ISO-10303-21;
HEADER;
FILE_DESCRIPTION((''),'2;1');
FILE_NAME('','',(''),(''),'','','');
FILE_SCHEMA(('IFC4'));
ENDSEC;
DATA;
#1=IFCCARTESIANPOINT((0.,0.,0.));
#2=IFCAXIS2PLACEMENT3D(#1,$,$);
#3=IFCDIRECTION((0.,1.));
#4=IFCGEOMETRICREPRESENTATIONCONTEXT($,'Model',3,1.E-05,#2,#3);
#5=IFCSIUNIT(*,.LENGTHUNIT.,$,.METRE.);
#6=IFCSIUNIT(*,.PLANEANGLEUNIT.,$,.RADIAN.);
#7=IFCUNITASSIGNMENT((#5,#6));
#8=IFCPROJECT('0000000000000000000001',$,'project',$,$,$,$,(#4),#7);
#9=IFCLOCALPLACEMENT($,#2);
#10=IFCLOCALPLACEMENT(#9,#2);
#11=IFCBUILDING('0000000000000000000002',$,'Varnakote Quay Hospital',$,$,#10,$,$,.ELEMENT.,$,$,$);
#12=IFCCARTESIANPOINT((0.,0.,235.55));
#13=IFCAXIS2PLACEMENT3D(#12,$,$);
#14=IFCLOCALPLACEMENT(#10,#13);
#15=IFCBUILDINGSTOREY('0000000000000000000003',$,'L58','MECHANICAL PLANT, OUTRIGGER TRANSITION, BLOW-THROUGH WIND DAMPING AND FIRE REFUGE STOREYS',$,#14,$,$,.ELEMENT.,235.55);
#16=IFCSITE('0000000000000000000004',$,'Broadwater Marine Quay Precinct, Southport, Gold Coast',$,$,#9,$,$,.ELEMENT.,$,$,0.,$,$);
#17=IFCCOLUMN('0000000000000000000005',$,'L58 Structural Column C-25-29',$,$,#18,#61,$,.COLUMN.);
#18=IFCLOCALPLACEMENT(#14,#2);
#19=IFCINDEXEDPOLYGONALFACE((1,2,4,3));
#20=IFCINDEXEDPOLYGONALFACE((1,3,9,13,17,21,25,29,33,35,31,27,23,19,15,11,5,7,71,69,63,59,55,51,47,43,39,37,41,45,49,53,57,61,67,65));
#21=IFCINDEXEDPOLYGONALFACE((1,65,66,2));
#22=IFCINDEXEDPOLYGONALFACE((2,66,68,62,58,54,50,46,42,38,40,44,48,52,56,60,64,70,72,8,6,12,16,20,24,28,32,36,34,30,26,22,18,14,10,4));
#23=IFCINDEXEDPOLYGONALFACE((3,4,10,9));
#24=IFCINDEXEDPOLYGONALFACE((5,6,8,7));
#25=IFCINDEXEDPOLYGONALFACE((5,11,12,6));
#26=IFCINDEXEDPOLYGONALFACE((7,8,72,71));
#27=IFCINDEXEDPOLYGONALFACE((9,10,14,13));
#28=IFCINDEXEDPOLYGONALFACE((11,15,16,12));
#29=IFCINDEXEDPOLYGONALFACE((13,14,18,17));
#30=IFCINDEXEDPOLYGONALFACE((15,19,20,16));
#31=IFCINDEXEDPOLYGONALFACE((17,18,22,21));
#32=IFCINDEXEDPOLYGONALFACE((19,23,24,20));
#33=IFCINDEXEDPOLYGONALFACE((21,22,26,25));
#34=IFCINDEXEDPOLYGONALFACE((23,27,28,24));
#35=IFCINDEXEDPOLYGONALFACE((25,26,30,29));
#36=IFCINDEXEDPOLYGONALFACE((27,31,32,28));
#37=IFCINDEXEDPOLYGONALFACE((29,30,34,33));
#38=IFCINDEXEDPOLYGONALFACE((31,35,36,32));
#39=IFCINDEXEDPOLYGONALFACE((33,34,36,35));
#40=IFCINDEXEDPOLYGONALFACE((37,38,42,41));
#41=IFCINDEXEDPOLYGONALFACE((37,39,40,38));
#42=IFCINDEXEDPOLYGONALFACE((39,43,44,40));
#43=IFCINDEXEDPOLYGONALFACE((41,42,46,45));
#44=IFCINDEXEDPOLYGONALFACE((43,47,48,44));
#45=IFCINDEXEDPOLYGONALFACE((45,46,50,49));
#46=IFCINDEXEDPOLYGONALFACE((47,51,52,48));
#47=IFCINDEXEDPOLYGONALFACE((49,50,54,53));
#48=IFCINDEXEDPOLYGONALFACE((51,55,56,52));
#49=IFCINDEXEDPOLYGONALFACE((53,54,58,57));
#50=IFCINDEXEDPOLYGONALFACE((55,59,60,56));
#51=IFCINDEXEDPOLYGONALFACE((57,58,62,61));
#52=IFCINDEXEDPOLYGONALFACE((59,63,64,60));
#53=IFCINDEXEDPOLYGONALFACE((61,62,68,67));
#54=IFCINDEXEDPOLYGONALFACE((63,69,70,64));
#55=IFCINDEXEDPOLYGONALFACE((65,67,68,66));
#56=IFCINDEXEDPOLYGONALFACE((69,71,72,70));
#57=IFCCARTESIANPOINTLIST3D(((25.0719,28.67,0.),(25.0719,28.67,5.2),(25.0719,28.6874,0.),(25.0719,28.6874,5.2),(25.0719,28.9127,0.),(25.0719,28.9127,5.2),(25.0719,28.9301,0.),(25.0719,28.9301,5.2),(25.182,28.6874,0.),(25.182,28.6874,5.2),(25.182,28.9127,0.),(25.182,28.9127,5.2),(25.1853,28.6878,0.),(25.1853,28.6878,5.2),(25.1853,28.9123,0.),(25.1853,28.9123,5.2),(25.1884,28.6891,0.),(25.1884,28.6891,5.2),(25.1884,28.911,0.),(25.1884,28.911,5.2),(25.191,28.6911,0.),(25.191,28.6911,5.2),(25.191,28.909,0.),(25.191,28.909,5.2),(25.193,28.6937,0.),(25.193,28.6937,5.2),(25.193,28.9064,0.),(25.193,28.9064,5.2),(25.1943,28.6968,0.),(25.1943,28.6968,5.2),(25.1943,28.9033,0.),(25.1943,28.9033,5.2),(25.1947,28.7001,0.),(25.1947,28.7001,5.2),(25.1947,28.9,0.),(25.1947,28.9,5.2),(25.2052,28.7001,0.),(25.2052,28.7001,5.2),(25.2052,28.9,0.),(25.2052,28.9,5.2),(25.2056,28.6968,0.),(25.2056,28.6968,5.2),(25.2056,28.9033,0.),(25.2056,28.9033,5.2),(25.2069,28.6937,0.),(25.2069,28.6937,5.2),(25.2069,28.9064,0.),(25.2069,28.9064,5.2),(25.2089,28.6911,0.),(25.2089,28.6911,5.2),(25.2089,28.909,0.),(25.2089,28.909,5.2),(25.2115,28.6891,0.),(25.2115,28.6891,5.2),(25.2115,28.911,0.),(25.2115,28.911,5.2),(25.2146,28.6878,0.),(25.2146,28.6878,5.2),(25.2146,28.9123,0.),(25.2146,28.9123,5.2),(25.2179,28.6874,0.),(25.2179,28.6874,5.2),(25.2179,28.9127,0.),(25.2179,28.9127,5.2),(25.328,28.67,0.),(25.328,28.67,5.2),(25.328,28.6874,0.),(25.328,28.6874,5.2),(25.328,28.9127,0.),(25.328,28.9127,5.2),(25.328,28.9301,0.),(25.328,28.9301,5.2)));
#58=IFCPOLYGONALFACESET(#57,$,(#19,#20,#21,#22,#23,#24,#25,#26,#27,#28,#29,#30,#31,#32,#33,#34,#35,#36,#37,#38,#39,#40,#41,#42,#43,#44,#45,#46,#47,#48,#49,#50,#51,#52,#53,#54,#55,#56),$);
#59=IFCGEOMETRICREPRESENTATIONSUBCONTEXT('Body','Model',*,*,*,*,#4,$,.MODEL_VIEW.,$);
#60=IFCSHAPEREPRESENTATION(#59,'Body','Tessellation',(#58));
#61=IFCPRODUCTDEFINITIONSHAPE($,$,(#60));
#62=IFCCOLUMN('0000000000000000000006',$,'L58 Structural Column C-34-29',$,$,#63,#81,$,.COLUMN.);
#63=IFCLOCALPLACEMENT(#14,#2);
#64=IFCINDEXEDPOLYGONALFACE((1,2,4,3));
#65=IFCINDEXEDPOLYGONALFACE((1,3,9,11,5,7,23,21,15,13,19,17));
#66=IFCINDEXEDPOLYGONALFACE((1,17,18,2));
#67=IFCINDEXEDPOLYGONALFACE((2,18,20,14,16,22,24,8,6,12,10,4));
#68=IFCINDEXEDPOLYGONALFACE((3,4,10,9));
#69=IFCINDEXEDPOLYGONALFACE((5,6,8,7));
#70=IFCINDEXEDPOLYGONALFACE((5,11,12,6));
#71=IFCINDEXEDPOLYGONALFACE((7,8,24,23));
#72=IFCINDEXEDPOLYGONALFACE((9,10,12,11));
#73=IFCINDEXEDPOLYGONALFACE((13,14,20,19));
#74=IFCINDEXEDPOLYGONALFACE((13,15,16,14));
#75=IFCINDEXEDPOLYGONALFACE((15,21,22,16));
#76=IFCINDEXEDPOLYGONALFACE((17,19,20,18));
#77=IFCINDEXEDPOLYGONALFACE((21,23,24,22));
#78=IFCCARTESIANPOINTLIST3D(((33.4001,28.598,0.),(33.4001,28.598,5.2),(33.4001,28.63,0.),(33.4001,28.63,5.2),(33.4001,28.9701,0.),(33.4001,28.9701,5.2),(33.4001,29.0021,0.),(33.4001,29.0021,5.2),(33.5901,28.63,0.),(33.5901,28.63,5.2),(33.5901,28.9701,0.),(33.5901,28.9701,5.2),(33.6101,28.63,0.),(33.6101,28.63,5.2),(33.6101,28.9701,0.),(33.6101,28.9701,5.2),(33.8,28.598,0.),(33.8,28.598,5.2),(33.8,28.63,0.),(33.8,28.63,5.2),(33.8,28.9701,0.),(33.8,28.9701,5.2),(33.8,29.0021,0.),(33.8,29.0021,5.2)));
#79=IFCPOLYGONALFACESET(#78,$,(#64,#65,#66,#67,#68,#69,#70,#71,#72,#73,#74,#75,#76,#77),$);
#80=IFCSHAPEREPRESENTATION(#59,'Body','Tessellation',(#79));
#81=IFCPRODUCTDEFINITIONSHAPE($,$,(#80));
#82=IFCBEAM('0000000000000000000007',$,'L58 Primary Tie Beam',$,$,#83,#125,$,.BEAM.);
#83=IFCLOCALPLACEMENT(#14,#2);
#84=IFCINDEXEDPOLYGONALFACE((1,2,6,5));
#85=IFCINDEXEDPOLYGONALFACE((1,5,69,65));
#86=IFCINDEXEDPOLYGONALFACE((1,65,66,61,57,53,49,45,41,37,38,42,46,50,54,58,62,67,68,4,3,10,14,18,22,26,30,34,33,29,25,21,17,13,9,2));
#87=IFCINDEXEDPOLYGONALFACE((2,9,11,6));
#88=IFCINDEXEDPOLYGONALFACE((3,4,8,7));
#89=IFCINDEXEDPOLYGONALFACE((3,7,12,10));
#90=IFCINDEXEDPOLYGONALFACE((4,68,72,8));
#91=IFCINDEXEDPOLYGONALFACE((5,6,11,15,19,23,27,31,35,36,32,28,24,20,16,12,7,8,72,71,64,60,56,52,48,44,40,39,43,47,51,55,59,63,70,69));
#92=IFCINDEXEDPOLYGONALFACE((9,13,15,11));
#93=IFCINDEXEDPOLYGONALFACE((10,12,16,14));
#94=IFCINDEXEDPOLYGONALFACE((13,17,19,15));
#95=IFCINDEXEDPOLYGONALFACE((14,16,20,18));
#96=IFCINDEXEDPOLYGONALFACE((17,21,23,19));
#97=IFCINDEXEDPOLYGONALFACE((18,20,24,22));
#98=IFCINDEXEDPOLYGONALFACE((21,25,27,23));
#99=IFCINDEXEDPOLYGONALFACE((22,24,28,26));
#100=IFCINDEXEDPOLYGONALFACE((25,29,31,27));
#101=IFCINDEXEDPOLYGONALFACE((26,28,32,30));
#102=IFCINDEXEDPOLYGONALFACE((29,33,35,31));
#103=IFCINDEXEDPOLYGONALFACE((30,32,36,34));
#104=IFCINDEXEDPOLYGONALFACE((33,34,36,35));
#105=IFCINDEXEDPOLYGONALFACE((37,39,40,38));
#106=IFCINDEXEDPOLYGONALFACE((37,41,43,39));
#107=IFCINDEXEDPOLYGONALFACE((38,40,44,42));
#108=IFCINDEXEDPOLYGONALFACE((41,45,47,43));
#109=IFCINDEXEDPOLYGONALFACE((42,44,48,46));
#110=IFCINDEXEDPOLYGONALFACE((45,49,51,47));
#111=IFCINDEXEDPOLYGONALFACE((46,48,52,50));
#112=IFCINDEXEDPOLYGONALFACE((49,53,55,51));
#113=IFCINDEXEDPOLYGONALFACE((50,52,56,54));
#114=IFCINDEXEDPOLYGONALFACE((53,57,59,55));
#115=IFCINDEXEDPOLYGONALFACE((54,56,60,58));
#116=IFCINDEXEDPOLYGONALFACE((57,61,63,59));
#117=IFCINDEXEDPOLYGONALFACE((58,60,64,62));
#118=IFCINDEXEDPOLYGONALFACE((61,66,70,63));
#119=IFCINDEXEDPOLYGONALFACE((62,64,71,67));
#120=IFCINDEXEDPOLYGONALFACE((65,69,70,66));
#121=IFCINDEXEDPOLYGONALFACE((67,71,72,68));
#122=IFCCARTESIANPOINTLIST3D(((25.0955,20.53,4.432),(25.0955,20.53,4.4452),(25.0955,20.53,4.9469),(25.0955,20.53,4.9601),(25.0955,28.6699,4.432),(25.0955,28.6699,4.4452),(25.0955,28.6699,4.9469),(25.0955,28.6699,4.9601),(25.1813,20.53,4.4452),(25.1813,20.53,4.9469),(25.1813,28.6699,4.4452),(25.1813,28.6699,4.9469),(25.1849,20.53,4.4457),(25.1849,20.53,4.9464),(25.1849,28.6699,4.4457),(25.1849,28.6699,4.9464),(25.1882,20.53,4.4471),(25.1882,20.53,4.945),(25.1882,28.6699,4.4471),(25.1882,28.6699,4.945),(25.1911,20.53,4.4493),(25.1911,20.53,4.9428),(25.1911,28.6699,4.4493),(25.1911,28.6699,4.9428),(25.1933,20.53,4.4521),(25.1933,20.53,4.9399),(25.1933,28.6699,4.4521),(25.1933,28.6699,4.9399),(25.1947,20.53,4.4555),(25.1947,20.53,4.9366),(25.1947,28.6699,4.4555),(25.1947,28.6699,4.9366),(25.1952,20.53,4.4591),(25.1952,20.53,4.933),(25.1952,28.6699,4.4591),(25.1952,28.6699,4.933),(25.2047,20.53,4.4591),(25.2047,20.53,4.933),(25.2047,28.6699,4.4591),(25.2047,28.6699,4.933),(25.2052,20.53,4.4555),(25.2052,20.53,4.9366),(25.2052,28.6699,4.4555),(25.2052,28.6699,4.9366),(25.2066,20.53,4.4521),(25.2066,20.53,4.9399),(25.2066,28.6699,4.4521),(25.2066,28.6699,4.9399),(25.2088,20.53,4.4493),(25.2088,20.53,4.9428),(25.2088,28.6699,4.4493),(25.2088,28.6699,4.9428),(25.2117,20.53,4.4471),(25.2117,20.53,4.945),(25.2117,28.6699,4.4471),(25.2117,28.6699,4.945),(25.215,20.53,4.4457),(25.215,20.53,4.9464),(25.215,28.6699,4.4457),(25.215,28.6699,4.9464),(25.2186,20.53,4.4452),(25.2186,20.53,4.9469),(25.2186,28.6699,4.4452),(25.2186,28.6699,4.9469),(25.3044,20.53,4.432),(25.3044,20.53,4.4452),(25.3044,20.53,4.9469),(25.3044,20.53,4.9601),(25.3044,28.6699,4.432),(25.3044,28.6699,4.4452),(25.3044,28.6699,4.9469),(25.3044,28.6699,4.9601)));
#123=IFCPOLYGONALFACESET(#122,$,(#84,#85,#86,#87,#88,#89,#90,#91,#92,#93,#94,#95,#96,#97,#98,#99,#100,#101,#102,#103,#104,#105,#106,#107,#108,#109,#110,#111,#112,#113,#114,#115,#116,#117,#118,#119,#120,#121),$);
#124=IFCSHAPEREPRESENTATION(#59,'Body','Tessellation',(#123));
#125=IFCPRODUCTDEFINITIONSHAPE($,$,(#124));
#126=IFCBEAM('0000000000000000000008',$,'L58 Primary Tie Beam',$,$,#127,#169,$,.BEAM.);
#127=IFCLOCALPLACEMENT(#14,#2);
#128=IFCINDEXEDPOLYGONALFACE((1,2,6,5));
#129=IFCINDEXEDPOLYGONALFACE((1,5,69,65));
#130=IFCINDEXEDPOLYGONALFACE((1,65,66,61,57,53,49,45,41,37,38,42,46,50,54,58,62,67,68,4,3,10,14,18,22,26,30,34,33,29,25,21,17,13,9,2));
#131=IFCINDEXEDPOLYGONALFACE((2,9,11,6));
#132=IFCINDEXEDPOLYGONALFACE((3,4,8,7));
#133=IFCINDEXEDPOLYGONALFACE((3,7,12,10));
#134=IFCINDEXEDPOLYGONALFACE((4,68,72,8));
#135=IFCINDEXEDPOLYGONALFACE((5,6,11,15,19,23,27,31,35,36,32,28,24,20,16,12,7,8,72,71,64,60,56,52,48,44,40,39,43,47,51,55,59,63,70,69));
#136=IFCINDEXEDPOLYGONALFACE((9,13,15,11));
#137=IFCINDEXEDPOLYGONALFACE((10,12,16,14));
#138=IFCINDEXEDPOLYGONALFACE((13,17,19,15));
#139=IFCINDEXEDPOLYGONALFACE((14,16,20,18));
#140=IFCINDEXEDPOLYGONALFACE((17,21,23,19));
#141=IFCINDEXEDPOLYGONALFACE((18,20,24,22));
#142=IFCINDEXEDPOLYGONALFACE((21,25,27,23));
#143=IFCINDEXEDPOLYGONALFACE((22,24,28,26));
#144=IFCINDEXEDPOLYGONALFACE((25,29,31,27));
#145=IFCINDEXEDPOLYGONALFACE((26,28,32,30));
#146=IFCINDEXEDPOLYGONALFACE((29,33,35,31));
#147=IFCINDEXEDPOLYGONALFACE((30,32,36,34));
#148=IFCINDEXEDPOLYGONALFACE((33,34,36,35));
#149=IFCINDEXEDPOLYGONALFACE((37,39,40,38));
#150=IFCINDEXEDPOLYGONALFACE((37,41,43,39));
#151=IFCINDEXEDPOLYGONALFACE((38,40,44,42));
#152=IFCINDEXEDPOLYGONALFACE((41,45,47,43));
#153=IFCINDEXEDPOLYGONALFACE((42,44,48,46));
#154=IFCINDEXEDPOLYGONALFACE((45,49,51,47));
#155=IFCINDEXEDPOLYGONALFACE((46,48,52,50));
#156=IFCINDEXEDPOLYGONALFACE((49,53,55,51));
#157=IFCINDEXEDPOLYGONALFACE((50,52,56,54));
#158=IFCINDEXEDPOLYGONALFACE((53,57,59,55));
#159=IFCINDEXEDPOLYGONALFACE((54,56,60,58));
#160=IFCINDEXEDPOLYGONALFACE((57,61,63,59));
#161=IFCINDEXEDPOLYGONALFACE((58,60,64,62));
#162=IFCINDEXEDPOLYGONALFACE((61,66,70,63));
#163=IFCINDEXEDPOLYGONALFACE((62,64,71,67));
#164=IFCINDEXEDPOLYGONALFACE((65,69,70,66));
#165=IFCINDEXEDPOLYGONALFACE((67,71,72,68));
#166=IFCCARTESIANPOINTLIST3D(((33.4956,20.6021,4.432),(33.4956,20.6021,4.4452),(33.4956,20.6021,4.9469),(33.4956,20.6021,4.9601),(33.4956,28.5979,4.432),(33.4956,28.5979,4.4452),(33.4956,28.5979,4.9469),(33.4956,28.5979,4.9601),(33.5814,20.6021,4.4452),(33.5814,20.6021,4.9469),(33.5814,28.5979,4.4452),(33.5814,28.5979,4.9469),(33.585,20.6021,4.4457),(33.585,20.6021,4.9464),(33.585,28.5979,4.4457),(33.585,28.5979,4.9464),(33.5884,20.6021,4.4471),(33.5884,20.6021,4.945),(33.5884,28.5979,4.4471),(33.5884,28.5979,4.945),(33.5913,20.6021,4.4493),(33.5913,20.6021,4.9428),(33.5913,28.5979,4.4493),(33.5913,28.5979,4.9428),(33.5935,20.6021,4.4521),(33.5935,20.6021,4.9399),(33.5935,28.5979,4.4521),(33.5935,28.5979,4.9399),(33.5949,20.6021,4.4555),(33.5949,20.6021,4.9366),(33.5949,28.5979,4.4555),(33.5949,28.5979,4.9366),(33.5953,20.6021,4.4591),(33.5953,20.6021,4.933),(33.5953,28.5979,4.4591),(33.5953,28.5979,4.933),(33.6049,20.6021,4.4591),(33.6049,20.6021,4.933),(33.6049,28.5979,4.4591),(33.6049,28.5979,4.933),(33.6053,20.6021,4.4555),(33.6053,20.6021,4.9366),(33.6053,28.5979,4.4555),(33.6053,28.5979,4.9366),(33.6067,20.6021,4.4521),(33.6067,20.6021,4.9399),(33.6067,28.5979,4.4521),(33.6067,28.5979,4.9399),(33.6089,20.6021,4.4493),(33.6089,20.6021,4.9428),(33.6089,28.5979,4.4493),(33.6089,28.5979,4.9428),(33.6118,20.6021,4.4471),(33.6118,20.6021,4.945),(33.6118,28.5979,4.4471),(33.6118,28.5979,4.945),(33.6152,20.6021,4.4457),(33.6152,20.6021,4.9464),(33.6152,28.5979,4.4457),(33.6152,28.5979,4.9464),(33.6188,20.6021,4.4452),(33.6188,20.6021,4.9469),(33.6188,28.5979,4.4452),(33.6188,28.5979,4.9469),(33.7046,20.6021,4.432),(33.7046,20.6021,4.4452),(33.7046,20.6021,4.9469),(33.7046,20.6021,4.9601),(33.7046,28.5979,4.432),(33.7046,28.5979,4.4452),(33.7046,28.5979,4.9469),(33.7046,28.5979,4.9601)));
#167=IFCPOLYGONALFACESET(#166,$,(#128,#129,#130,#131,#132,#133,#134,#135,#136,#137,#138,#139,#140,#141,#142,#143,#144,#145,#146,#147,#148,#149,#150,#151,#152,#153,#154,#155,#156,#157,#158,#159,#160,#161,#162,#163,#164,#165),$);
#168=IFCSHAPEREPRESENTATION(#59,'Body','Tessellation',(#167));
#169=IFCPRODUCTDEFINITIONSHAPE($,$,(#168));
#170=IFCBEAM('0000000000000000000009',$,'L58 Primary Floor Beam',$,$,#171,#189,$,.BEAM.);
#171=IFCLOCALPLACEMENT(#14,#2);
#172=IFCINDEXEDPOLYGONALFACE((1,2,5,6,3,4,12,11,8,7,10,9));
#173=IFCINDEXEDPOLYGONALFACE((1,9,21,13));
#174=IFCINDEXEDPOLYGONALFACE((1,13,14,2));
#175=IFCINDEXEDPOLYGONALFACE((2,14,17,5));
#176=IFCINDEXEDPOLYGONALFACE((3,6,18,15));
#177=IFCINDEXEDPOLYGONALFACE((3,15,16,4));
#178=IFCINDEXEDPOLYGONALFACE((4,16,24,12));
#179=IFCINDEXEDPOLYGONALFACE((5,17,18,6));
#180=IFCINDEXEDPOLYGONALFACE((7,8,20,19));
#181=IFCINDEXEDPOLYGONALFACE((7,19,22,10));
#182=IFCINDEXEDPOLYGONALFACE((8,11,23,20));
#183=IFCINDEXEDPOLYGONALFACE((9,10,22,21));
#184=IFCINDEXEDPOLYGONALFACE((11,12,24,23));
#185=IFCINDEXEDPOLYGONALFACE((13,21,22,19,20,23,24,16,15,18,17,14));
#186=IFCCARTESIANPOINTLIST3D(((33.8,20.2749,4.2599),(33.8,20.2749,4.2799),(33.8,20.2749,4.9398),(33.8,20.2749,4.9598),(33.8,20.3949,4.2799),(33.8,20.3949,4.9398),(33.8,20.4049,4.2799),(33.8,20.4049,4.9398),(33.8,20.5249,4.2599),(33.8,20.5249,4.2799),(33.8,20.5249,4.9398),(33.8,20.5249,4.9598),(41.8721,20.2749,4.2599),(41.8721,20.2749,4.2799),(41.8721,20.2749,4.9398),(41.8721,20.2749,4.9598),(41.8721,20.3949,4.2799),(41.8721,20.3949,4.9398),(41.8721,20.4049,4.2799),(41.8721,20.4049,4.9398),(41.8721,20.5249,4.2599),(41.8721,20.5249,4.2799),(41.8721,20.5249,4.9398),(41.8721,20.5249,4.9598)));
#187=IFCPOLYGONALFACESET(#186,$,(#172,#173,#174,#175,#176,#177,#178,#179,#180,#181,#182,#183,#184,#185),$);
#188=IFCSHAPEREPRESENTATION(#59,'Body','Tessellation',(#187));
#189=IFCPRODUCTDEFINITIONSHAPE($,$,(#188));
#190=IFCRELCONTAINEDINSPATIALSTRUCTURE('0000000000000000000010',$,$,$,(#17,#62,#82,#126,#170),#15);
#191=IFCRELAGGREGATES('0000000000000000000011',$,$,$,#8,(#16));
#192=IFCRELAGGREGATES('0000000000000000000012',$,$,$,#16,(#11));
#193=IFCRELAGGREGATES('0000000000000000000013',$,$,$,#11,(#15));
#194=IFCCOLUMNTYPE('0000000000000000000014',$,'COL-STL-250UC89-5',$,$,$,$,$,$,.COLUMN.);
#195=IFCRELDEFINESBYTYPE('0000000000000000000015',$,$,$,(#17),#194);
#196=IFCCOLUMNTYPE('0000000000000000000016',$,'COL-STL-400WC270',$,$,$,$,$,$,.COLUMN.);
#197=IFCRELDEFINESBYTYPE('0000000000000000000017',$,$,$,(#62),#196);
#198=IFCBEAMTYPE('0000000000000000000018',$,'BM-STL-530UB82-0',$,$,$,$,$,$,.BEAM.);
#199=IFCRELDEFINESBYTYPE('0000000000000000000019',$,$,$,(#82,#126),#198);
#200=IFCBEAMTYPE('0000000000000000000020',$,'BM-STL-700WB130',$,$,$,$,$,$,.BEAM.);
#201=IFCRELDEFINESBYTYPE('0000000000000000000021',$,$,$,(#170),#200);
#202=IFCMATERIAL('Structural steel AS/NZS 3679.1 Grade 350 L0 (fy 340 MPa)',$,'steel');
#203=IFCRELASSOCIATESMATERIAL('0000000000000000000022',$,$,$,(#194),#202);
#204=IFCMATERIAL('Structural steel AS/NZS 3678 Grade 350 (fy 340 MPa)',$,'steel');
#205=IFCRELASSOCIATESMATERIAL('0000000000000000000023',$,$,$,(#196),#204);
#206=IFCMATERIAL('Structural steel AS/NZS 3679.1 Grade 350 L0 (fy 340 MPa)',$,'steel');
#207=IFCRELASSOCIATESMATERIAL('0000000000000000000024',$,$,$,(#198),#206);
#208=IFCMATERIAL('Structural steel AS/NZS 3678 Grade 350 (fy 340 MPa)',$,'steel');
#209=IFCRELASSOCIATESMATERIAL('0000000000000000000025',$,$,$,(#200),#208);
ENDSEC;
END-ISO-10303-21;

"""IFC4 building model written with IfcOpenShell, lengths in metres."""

from ifc_helpers import new_model, si_unit, direction, frame, origin, origin_2d, place, context, subcontext, project, spatial, i_section, extrude, material, material_profile, profile_set, type_object, element, save


model = new_model("IFC4")

# Units and contexts
model_context = context("Model", 3, precision=1e-05, world=origin(), true_north=direction((0.0, 1.0)))
body_context = subcontext(model_context, "Body", "Model", "MODEL_VIEW")
ifc_project = project(units=[si_unit("LENGTHUNIT", "METRE"), si_unit("PLANEANGLEUNIT", "RADIAN")], contexts=[model_context])

# Site, building, storey
site_placement = place(None, origin())
site = spatial("IfcSite", under=ifc_project, at=site_placement, Name="Broadwater Marine Quay Precinct, Southport, Gold Coast", CompositionType="ELEMENT", RefElevation=0.0)
building_placement = place(site_placement, origin())
building = spatial("IfcBuilding", under=site, at=building_placement, Name="Varnakote Quay Hospital", CompositionType="ELEMENT")
storey_placement = place(building_placement, frame((0.0, 0.0, 235.55)))
storey = spatial("IfcBuildingStorey", under=building, at=storey_placement, Name="L58", Description="MECHANICAL PLANT, OUTRIGGER TRANSITION, BLOW-THROUGH WIND DAMPING AND FIRE REFUGE STOREYS", CompositionType="ELEMENT", Elevation=235.55)

# Columns
ifc_material_1 = material(Name="Structural steel AS/NZS 3679.1 Grade 350 L0 (fy 340 MPa)", Category="steel")
ifc_material_profile_1 = material_profile(ifc_material_1, i_section(OverallWidth=0.2561, OverallDepth=0.26, WebThickness=0.0105, FlangeThickness=0.0173, FilletRadius=0.0127, at=origin_2d()), Name="250UC89.5")
ifc_profile_set_1 = profile_set([ifc_material_profile_1], Name="Structural steel AS/NZS 3679.1 Grade 350 L0 (fy 340 MPa)")
column_type_1 = type_object("IfcColumnType", Name="COL-STL-250UC89-5", PredefinedType="COLUMN", material=ifc_profile_set_1)
column_1_placement = place(storey_placement, frame((25.2, 28.8, 0.0), z_axis=(0.0, 0.0, 1.0), x_axis=(1.0, 0.0, 0.0)))
element("IfcColumn", 1, at=column_1_placement, inside=storey, type_object=column_type_1, Name="L58 Structural Column C-25-29", PredefinedType="COLUMN", context=body_context, shape_type="SweptSolid", body=[
    extrude(i_section(OverallWidth=0.2561, OverallDepth=0.26, WebThickness=0.0105, FlangeThickness=0.0173, FilletRadius=0.0127, at=origin_2d()), origin(), (0.0, 0.0, 1.0), 5.2),
])
ifc_material_2 = material(Name="Structural steel AS/NZS 3678 Grade 350 (fy 340 MPa)", Category="steel")
ifc_material_profile_2 = material_profile(ifc_material_2, i_section(OverallWidth=0.3999, OverallDepth=0.4041, WebThickness=0.02, FlangeThickness=0.032, at=origin_2d()), Name="400WC270")
ifc_profile_set_2 = profile_set([ifc_material_profile_2], Name="Structural steel AS/NZS 3678 Grade 350 (fy 340 MPa)")
column_type_2 = type_object("IfcColumnType", Name="COL-STL-400WC270", PredefinedType="COLUMN", material=ifc_profile_set_2)
column_2_placement = place(storey_placement, frame((33.6001, 28.8, 0.0), z_axis=(0.0, 0.0, 1.0), x_axis=(1.0, 0.0, 0.0)))
element("IfcColumn", 2, at=column_2_placement, inside=storey, type_object=column_type_2, Name="L58 Structural Column C-34-29", PredefinedType="COLUMN", context=body_context, shape_type="SweptSolid", body=[
    extrude(i_section(OverallWidth=0.3999, OverallDepth=0.4041, WebThickness=0.02, FlangeThickness=0.032, at=origin_2d()), origin(), (0.0, 0.0, 1.0), 5.2),
])

# Beams
ifc_material_3 = material(Name="Structural steel AS/NZS 3679.1 Grade 350 L0 (fy 340 MPa)", Category="steel")
ifc_material_profile_3 = material_profile(ifc_material_3, i_section(OverallWidth=0.209, OverallDepth=0.5281, WebThickness=0.0095, FlangeThickness=0.0132, FilletRadius=0.0139, at=origin_2d()), Name="530UB82.0")
ifc_profile_set_3 = profile_set([ifc_material_profile_3], Name="Structural steel AS/NZS 3679.1 Grade 350 L0 (fy 340 MPa)")
beam_type_1 = type_object("IfcBeamType", Name="BM-STL-530UB82-0", PredefinedType="BEAM", material=ifc_profile_set_3)
beam_1_placement = place(storey_placement, frame((25.2, 20.53, 4.696), z_axis=(0.0, 1.0, 0.0), x_axis=(-1.0, 0.0, 0.0)))
element("IfcBeam", 3, at=beam_1_placement, inside=storey, type_object=beam_type_1, Name="L58 Primary Tie Beam", PredefinedType="BEAM", context=body_context, shape_type="SweptSolid", body=[
    extrude(i_section(OverallWidth=0.209, OverallDepth=0.5281, WebThickness=0.0095, FlangeThickness=0.0132, FilletRadius=0.0139, at=origin_2d()), origin(), (0.0, 0.0, 1.0), 8.1399),
])
beam_2_placement = place(storey_placement, frame((33.6001, 20.6021, 4.696), z_axis=(0.0, 1.0, 0.0), x_axis=(-1.0, 0.0, 0.0)))
element("IfcBeam", 4, at=beam_2_placement, inside=storey, type_object=beam_type_1, Name="L58 Primary Tie Beam", PredefinedType="BEAM", context=body_context, shape_type="SweptSolid", body=[
    extrude(i_section(OverallWidth=0.209, OverallDepth=0.5281, WebThickness=0.0095, FlangeThickness=0.0132, FilletRadius=0.0139, at=origin_2d()), origin(), (0.0, 0.0, 1.0), 7.9958),
])
ifc_material_4 = material(Name="Structural steel AS/NZS 3678 Grade 350 (fy 340 MPa)", Category="steel")
ifc_material_profile_4 = material_profile(ifc_material_4, i_section(OverallWidth=0.25, OverallDepth=0.7, WebThickness=0.01, FlangeThickness=0.02, at=origin_2d()), Name="700WB130")
ifc_profile_set_4 = profile_set([ifc_material_profile_4], Name="Structural steel AS/NZS 3678 Grade 350 (fy 340 MPa)")
beam_type_2 = type_object("IfcBeamType", Name="BM-STL-700WB130", PredefinedType="BEAM", material=ifc_profile_set_4)
beam_3_placement = place(storey_placement, frame((33.8, 20.3999, 4.6099), z_axis=(1.0, 0.0, 0.0), x_axis=(0.0, 1.0, 0.0)))
element("IfcBeam", 5, at=beam_3_placement, inside=storey, type_object=beam_type_2, Name="L58 Primary Floor Beam", PredefinedType="BEAM", context=body_context, shape_type="SweptSolid", body=[
    extrude(i_section(OverallWidth=0.25, OverallDepth=0.7, WebThickness=0.01, FlangeThickness=0.02, at=origin_2d()), origin(), (0.0, 0.0, 1.0), 8.072),
])

save(model, "model.ifc")
